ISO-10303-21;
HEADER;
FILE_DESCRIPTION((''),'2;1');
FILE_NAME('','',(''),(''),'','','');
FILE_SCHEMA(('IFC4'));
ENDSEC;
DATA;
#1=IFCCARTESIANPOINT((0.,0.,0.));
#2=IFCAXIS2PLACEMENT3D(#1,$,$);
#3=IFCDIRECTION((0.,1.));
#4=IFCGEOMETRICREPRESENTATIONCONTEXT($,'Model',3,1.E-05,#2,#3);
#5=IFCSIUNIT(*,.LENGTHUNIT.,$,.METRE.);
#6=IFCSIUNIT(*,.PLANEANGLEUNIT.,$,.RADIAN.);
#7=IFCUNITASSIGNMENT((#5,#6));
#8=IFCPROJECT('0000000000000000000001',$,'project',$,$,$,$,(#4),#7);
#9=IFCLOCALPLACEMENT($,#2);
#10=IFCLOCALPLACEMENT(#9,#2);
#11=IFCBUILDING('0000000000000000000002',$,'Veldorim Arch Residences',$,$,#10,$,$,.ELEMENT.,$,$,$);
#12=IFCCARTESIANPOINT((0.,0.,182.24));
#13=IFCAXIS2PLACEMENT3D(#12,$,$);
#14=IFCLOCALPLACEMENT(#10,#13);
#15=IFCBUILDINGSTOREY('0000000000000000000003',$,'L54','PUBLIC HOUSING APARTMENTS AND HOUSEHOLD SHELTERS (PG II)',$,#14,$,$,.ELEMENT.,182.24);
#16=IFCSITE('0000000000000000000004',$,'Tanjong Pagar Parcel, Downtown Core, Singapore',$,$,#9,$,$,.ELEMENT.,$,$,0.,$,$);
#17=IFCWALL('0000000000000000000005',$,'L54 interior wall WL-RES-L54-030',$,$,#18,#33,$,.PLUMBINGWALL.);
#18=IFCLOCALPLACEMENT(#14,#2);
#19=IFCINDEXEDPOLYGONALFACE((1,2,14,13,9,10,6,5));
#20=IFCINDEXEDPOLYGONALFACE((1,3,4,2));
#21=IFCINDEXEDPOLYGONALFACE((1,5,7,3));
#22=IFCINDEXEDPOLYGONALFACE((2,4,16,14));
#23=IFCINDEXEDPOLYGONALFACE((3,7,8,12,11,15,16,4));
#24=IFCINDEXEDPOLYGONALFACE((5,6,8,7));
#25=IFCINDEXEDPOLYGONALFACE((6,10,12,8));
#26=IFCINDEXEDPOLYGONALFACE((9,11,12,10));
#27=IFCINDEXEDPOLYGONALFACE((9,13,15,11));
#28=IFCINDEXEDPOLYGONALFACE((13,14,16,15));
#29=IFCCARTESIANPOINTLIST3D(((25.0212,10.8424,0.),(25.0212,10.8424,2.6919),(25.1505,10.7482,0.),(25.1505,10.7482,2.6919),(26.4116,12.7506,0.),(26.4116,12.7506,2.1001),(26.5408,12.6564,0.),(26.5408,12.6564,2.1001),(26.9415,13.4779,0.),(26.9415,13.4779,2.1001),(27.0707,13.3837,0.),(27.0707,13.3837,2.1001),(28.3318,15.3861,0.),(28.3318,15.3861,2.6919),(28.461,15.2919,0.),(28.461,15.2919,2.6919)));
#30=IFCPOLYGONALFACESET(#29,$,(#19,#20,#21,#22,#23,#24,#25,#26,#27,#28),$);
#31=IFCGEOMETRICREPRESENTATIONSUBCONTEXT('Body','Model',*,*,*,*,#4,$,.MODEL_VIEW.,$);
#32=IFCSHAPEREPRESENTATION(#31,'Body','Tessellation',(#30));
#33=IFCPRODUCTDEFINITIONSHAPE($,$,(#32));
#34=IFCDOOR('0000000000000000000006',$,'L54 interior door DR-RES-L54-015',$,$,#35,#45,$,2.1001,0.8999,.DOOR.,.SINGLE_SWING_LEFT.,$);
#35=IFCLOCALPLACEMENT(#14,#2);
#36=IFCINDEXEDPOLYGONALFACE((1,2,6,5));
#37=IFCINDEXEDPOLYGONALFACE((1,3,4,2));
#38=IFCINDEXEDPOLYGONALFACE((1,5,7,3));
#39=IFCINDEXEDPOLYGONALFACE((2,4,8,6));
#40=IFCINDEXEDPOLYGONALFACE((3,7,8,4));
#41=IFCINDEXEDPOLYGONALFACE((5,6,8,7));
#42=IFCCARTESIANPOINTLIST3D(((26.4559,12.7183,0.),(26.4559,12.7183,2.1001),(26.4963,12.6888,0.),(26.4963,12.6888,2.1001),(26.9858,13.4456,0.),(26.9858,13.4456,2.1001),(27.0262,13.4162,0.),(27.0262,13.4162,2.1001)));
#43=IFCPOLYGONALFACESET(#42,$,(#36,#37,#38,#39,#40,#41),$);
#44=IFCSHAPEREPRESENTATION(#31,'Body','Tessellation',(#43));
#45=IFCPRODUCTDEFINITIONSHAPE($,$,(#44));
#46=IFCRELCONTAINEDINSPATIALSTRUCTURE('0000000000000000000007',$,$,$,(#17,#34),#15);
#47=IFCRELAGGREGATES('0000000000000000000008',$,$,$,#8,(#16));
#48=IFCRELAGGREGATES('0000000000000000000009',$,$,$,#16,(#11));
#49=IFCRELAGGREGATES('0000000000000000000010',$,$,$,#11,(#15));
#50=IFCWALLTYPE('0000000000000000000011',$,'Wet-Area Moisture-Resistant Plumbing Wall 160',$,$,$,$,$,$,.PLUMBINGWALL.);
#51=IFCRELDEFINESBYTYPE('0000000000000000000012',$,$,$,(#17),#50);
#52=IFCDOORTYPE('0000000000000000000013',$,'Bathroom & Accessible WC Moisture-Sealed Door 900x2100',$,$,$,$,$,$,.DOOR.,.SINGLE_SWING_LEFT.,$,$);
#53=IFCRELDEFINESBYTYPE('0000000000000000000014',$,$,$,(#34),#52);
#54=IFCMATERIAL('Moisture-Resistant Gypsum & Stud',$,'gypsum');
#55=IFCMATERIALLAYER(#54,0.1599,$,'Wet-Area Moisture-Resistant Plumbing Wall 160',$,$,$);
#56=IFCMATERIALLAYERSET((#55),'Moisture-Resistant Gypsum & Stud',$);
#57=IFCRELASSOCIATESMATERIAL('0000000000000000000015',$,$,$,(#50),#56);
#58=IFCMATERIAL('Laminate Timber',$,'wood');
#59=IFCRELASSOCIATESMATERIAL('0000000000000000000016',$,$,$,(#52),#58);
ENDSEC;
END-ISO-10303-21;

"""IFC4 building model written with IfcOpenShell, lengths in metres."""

from ifc_helpers import new_model, si_unit, direction, frame, frame_2d, origin, place, context, subcontext, project, spatial, rectangle, extrude, material, layer, layer_set, type_object, element, fill, save


model = new_model("IFC4")

# Units and contexts
model_context = context("Model", 3, precision=1e-05, world=origin(), true_north=direction((0.0, 1.0)))
body_context = subcontext(model_context, "Body", "Model", "MODEL_VIEW")
ifc_project = project(units=[si_unit("LENGTHUNIT", "METRE"), si_unit("PLANEANGLEUNIT", "RADIAN")], contexts=[model_context])

# Site, building, storey
site_placement = place(None, origin())
site = spatial("IfcSite", under=ifc_project, at=site_placement, Name="Tanjong Pagar Parcel, Downtown Core, Singapore", CompositionType="ELEMENT", RefElevation=0.0)
building_placement = place(site_placement, origin())
building = spatial("IfcBuilding", under=site, at=building_placement, Name="Veldorim Arch Residences", CompositionType="ELEMENT")
storey_placement = place(building_placement, frame((0.0, 0.0, 182.24)))
storey = spatial("IfcBuildingStorey", under=building, at=storey_placement, Name="L54", Description="PUBLIC HOUSING APARTMENTS AND HOUSEHOLD SHELTERS (PG II)", CompositionType="ELEMENT", Elevation=182.24)

# Shared definitions
ifc_material_1 = material(Name="Moisture-Resistant Gypsum & Stud", Category="gypsum")
ifc_layer_1 = layer(ifc_material_1, 0.1599, Name="Wet-Area Moisture-Resistant Plumbing Wall 160")
ifc_layer_set_1 = layer_set([ifc_layer_1], Name="Moisture-Resistant Gypsum & Stud")
wall_type_1 = type_object("IfcWallType", Name="Wet-Area Moisture-Resistant Plumbing Wall 160", PredefinedType="PLUMBINGWALL", material=ifc_layer_set_1)

# Wall, opening, door
wall_1_placement = place(storey_placement, frame((28.3965, 15.3391, 0.0), z_axis=(0.0, 0.0, 1.0), x_axis=(-0.588874, -0.808225, 0.0)))
wall_1 = element("IfcWall", 1, at=wall_1_placement, inside=storey, type_object=wall_type_1, Name="L54 interior wall WL-RES-L54-030", PredefinedType="PLUMBINGWALL", context=body_context, shape_type="SweptSolid", body=[
    extrude(rectangle(XDim=5.6218, YDim=0.1599, at=frame_2d((2.811, 0.0))), origin(), (0.0, 0.0, 1.0), 2.6919),
])
opening_1_placement = place(wall_1_placement, frame((2.3611, 0.0, 0.0)))
opening_1 = element("IfcOpeningElement", 2, at=opening_1_placement, cuts=wall_1, PredefinedType="OPENING", context=body_context, shape_type="SweptSolid", body=[
    extrude(rectangle(XDim=0.8999, YDim=2.1001, at=frame_2d((0.45, 1.05))), frame((0.0, 0.0898, 0.0), z_axis=(0.0, -1.0, 0.0), x_axis=(1.0, 0.0, 0.0)), (0.0, 0.0, 1.0), 0.1799),
])
ifc_material_2 = material(Name="Laminate Timber", Category="wood")
door_type = type_object("IfcDoorType", Name="Bathroom & Accessible WC Moisture-Sealed Door 900x2100", OperationType="SINGLE_SWING_LEFT", PredefinedType="DOOR", material=ifc_material_2)
door_placement = place(opening_1_placement, origin())
door = element("IfcDoor", 3, at=door_placement, inside=storey, type_object=door_type, Name="L54 interior door DR-RES-L54-015", OperationType="SINGLE_SWING_LEFT", OverallHeight=2.1001, OverallWidth=0.8999, PredefinedType="DOOR", context=body_context, shape_type="SweptSolid", body=[
    extrude(rectangle(XDim=0.8999, YDim=2.1001, at=frame_2d((0.45, 1.05))), frame((0.0, 0.0249, 0.0), z_axis=(0.0, -1.0, 0.0), x_axis=(1.0, 0.0, 0.0)), (0.0, 0.0, 1.0), 0.05),
])
fill(opening_1, door)

save(model, "model.ifc")
